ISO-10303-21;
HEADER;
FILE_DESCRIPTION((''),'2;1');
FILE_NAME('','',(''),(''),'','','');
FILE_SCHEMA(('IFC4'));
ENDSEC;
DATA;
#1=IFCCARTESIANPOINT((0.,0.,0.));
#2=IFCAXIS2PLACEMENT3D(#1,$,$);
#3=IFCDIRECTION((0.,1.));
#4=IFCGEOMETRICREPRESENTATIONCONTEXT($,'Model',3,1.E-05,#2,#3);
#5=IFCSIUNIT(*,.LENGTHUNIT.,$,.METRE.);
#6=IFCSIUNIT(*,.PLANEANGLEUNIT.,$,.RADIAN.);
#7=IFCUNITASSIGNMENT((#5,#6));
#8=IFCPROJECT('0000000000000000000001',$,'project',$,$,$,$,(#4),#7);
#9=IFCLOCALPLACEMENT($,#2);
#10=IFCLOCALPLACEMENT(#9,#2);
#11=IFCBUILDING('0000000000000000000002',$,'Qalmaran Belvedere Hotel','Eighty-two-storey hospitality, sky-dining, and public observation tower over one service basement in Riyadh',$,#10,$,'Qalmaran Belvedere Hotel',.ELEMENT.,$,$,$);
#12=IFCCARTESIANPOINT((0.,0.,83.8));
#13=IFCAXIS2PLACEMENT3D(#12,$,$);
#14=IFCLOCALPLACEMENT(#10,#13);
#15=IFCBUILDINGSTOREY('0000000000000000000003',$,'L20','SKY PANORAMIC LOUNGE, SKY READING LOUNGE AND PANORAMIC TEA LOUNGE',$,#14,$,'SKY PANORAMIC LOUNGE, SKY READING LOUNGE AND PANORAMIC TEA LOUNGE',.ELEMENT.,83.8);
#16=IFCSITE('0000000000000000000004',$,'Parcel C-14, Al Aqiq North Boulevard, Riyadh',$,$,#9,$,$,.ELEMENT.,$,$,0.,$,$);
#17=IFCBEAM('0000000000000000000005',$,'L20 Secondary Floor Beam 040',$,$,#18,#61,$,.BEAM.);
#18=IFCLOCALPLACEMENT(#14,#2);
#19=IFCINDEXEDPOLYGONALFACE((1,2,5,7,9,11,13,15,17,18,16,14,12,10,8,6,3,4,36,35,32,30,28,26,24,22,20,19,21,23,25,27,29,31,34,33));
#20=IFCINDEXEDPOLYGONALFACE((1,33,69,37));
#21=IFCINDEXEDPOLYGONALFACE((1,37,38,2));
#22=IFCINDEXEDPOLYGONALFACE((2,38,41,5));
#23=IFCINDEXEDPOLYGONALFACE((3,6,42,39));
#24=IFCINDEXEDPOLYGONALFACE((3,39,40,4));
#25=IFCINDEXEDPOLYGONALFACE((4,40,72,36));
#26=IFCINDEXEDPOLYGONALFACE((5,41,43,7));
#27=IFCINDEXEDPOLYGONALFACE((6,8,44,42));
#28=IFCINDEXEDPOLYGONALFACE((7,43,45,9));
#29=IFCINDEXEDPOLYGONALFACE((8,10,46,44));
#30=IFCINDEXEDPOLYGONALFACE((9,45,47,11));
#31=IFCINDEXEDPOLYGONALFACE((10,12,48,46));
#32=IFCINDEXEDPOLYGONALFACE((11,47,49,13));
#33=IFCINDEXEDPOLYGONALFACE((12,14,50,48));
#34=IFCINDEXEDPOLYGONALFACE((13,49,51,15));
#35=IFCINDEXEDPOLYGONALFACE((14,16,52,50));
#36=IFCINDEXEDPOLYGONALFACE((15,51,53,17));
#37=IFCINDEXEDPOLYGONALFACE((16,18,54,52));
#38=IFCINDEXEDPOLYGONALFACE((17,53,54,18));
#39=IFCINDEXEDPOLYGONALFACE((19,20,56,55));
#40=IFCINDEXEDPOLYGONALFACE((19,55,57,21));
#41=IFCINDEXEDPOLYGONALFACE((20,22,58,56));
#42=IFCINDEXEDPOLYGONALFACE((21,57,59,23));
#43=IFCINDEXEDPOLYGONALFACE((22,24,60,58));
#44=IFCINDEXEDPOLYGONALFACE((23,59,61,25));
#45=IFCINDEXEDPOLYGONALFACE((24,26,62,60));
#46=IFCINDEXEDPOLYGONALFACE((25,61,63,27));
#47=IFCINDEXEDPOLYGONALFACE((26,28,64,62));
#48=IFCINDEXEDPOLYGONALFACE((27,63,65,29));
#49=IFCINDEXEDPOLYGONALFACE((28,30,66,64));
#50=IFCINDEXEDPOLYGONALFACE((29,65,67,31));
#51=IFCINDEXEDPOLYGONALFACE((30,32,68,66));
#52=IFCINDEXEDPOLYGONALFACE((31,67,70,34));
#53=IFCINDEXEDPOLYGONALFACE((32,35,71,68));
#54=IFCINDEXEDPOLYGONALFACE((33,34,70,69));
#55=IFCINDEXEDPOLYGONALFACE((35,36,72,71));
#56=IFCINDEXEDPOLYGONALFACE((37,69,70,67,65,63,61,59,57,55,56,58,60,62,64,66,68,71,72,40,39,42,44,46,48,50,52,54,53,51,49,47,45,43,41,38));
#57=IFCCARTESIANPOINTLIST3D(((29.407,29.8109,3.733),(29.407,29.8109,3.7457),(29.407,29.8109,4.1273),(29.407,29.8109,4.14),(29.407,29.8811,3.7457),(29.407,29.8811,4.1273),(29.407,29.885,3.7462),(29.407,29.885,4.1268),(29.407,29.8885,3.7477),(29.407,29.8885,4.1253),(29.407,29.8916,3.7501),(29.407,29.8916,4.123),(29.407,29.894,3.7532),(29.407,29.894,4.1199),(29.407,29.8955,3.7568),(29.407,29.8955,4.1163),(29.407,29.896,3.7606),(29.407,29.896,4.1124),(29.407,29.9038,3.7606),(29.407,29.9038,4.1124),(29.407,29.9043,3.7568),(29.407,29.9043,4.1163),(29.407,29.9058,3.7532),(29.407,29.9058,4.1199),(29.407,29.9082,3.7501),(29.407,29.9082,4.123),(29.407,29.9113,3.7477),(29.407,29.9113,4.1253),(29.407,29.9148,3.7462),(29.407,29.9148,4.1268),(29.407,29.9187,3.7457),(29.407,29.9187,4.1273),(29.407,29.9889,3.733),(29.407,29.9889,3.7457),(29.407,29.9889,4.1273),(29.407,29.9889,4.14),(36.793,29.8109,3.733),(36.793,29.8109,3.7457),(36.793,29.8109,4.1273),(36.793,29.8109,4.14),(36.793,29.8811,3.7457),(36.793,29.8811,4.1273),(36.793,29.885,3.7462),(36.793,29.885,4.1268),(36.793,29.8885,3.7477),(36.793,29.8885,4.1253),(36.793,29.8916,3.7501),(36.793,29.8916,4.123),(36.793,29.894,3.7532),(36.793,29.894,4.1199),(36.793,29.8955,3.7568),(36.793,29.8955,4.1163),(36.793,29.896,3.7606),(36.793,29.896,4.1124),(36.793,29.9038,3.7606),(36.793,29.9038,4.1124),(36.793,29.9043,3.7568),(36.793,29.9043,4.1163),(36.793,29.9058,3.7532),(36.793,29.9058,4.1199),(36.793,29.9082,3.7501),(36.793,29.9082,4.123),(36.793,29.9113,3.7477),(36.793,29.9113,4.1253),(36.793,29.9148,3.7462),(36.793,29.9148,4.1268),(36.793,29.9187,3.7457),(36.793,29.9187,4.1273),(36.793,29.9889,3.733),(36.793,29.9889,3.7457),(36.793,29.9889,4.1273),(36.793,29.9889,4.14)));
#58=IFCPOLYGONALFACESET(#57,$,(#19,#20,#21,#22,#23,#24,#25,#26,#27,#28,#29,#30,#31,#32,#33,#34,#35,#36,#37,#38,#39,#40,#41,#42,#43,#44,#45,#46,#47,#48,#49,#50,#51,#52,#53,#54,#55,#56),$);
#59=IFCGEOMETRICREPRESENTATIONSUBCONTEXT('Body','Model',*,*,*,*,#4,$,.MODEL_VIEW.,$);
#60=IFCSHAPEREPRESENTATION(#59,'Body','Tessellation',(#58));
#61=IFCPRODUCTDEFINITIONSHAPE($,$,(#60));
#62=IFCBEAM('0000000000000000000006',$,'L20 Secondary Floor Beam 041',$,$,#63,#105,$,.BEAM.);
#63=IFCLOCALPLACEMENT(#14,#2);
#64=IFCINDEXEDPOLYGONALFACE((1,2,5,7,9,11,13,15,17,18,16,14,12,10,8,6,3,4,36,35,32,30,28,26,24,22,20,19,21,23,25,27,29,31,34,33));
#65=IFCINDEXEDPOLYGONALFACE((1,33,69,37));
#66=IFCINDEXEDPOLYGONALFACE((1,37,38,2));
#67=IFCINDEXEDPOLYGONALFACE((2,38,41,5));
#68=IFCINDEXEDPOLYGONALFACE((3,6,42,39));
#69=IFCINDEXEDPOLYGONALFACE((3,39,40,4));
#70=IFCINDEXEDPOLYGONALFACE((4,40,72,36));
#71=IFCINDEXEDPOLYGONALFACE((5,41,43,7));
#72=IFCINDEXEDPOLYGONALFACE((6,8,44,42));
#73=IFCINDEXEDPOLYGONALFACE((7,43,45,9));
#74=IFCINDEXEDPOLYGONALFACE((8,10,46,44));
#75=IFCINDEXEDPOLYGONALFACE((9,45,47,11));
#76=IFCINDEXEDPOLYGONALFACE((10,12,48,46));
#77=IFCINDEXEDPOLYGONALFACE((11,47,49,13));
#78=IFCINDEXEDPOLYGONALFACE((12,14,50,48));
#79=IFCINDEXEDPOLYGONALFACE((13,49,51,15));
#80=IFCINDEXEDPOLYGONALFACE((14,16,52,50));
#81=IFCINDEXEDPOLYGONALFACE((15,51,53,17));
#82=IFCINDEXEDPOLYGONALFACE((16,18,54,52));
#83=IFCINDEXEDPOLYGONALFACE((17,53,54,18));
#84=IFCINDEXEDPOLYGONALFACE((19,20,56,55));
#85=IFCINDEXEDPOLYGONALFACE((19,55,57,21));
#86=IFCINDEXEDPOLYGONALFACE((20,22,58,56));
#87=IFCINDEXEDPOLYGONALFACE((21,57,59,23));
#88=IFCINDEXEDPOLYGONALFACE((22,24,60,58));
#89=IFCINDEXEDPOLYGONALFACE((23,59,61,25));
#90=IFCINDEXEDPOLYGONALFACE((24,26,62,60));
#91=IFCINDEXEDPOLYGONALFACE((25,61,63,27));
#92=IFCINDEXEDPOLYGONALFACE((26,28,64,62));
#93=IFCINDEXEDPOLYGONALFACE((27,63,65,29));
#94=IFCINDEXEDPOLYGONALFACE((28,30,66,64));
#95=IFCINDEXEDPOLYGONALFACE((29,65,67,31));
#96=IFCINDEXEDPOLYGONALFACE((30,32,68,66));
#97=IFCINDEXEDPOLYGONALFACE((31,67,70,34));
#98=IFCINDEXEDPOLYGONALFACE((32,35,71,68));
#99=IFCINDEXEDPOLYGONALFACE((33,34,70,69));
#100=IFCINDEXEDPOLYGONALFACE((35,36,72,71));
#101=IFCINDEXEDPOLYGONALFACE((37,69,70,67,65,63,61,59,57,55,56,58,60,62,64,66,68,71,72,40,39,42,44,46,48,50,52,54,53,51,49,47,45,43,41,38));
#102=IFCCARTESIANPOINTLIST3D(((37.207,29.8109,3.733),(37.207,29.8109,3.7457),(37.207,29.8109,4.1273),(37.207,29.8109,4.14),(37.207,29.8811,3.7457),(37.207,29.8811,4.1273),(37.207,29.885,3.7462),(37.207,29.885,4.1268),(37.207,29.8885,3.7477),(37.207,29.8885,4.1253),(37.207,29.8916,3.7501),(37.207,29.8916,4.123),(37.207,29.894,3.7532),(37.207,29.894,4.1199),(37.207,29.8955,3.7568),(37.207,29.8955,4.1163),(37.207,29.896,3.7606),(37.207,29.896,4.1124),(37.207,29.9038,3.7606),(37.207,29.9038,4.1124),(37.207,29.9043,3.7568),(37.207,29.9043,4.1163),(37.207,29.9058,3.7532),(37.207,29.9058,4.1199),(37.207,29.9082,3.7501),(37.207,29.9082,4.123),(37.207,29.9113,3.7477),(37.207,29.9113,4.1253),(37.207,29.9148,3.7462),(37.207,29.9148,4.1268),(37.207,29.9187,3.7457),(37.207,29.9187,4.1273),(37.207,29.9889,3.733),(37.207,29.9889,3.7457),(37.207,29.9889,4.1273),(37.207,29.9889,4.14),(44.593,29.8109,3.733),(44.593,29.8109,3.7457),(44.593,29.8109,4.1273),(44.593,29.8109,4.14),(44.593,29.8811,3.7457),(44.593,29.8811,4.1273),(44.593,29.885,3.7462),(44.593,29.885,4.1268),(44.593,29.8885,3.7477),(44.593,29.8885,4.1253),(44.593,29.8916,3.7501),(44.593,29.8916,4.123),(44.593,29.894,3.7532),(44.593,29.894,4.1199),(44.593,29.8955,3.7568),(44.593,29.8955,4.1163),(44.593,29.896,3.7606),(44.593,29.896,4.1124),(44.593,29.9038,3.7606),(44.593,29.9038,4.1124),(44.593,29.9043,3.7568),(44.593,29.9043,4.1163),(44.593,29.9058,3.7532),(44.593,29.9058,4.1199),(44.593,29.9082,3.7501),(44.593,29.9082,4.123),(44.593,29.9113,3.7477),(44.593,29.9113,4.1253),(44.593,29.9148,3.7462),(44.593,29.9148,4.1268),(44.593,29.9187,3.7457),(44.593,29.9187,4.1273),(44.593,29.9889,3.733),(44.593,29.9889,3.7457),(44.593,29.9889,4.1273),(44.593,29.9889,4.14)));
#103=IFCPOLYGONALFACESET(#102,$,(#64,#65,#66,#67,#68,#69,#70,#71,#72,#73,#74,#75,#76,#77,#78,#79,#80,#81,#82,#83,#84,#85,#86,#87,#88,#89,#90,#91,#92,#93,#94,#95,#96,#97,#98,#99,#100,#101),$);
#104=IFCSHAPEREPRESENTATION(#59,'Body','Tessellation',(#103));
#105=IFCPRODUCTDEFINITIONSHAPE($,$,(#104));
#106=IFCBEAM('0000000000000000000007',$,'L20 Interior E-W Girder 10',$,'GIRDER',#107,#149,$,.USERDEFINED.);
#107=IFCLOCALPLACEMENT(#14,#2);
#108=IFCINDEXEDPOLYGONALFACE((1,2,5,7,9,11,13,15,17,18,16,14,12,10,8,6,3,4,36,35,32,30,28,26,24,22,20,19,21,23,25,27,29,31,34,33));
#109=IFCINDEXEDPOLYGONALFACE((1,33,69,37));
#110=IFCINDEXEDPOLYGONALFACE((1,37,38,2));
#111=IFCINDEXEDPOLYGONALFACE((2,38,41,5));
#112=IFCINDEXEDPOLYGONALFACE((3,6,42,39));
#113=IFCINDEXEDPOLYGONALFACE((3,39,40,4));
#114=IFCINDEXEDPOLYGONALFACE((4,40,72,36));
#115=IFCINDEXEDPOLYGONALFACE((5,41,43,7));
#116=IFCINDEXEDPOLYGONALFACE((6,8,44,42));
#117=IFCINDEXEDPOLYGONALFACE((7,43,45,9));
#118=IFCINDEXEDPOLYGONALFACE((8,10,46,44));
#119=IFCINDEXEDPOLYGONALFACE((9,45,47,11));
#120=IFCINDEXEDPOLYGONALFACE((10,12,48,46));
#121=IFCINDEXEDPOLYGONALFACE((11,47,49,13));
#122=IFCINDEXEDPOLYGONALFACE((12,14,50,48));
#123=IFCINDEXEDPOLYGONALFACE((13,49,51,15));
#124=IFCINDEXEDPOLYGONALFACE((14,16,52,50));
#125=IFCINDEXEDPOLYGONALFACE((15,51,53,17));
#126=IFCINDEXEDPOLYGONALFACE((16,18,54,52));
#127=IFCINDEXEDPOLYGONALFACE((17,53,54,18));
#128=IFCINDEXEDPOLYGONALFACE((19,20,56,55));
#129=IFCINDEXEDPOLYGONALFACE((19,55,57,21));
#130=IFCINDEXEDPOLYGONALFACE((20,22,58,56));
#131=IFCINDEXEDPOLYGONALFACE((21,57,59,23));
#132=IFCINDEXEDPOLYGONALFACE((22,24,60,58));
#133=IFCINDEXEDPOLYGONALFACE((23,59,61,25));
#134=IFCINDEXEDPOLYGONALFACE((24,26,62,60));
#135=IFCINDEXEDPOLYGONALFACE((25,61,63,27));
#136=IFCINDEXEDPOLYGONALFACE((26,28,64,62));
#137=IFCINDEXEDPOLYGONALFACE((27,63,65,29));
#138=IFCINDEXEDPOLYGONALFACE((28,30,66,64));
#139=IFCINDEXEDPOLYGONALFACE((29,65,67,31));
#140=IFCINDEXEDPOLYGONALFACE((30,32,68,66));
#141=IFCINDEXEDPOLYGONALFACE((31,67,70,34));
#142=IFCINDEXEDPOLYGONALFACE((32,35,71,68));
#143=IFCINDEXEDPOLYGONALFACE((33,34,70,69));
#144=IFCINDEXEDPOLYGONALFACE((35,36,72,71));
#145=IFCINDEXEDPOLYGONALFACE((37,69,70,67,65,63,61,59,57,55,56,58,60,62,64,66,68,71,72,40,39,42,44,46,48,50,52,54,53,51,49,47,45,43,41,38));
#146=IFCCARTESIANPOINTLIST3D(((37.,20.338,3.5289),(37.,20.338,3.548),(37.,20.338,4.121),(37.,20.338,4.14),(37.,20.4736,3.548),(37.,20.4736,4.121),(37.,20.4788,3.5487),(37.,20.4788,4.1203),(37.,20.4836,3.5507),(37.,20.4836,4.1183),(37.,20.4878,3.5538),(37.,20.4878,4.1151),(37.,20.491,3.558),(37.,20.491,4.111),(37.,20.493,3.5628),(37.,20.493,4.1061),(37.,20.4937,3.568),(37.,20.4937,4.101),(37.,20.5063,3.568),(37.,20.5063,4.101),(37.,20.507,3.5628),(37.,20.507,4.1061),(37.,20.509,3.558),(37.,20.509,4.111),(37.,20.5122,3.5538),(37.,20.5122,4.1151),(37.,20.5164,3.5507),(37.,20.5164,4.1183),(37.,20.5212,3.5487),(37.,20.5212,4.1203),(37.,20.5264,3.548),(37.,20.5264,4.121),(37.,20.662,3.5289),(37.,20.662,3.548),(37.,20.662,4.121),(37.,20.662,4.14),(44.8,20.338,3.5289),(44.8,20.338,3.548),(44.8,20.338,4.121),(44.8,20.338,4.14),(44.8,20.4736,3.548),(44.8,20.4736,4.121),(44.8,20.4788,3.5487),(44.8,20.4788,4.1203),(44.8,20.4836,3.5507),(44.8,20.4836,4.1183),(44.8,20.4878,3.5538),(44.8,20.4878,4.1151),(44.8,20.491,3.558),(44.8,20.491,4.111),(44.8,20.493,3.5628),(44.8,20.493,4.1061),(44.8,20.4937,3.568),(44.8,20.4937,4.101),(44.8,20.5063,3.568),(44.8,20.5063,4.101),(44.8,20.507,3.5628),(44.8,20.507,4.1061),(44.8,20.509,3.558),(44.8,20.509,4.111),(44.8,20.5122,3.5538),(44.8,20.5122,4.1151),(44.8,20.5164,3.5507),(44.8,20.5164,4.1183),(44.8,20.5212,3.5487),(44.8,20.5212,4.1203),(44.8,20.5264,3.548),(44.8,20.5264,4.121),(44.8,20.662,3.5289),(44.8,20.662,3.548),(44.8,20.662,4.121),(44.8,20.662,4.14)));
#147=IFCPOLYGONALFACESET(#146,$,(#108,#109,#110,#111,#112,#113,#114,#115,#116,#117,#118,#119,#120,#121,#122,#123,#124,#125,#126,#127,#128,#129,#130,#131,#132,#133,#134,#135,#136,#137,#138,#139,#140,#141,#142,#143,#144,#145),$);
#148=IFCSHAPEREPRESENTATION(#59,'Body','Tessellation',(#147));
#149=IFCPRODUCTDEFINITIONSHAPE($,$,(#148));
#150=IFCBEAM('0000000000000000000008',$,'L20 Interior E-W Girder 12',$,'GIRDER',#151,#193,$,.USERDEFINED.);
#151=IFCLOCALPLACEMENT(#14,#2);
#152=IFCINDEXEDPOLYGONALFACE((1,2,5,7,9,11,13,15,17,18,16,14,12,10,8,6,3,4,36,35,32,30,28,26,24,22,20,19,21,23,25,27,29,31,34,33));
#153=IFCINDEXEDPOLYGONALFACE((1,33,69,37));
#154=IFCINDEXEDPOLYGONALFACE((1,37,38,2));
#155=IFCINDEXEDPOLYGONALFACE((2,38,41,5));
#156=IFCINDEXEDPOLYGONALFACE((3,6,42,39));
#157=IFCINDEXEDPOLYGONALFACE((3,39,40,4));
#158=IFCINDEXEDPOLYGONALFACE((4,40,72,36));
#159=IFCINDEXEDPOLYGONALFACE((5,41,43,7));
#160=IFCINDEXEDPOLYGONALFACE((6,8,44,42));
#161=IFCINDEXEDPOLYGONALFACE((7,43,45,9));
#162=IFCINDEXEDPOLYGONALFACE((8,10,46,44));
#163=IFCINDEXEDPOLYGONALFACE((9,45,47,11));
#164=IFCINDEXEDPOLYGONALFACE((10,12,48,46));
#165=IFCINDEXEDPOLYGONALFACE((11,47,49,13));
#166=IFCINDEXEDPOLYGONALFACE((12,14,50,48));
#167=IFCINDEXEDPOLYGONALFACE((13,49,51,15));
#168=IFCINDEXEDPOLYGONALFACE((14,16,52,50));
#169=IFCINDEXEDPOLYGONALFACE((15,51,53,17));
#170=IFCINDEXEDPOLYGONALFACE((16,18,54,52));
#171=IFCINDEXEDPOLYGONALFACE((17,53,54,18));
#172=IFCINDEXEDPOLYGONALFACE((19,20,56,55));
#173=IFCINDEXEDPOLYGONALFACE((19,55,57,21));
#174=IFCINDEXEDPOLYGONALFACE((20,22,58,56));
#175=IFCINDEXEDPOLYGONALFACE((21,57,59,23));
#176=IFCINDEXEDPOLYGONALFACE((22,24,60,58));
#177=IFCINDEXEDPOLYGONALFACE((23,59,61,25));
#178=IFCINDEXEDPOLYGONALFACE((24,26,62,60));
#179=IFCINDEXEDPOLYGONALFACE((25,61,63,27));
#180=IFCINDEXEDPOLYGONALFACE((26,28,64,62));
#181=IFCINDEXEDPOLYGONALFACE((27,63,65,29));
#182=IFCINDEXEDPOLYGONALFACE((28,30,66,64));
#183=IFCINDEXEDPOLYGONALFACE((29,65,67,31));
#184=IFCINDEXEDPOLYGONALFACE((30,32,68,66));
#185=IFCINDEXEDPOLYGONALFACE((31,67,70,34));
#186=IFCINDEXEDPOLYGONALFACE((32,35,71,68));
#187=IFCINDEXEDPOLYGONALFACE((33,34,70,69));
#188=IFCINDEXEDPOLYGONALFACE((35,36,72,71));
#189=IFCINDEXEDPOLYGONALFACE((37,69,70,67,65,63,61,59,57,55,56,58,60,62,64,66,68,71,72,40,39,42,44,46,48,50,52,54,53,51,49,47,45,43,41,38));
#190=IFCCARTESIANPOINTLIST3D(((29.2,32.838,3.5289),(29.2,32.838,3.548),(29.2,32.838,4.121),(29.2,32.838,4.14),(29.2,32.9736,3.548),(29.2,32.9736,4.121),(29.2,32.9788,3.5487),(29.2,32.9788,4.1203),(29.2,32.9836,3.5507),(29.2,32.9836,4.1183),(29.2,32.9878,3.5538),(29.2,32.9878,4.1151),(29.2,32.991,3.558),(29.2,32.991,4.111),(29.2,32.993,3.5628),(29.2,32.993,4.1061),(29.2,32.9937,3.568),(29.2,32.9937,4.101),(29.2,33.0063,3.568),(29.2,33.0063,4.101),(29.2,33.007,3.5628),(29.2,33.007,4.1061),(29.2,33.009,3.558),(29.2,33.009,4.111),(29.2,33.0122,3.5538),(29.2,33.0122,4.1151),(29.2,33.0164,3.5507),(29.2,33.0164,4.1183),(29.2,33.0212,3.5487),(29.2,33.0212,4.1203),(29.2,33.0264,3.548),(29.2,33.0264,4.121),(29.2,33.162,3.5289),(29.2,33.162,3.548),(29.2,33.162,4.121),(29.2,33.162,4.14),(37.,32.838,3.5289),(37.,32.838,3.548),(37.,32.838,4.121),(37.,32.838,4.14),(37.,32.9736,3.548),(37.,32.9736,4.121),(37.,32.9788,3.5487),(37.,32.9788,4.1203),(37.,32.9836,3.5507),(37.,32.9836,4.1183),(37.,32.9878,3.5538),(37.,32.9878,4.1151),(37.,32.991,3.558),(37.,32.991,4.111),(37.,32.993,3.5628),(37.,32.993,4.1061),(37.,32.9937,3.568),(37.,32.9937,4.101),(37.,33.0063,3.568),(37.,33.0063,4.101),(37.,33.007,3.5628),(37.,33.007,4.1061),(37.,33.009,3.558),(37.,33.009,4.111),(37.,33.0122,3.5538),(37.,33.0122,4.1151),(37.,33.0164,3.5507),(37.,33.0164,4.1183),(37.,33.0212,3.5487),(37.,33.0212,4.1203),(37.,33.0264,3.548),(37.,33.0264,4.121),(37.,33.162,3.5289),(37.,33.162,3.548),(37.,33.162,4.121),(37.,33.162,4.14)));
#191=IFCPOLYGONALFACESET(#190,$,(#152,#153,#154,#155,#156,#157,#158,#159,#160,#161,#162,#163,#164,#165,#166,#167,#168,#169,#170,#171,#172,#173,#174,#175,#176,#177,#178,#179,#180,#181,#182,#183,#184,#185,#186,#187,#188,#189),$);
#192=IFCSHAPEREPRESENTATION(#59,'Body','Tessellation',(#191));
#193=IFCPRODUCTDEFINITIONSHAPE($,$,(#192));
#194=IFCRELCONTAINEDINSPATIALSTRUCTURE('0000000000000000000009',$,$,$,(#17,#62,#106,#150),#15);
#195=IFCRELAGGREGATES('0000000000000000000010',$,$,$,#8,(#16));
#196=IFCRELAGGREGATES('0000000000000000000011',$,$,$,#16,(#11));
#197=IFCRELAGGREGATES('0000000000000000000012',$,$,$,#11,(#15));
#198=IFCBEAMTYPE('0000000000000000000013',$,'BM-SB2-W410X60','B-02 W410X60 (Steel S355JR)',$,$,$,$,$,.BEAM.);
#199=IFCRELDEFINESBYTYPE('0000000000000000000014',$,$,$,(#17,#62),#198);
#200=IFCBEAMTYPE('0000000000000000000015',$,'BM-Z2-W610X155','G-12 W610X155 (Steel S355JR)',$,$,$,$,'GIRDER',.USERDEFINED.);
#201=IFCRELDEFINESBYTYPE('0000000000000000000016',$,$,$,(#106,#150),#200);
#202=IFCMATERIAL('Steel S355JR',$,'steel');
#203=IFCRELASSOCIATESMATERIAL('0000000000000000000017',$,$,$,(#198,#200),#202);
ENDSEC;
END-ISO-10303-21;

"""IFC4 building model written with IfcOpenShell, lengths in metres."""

from ifc_helpers import new_model, si_unit, direction, frame, origin, origin_2d, place, context, subcontext, project, spatial, i_section, extrude, material, material_profile, profile_set, type_object, element, save


model = new_model("IFC4")

# Units and contexts
model_context = context("Model", 3, precision=1e-05, world=origin(), true_north=direction((0.0, 1.0)))
body_context = subcontext(model_context, "Body", "Model", "MODEL_VIEW")
ifc_project = project(units=[si_unit("LENGTHUNIT", "METRE"), si_unit("PLANEANGLEUNIT", "RADIAN")], contexts=[model_context])

# Site, building, storey
site_placement = place(None, origin())
site = spatial("IfcSite", under=ifc_project, at=site_placement, Name="Parcel C-14, Al Aqiq North Boulevard, Riyadh", CompositionType="ELEMENT", RefElevation=0.0)
building_placement = place(site_placement, origin())
building = spatial("IfcBuilding", under=site, at=building_placement, Name="Qalmaran Belvedere Hotel", Description="Eighty-two-storey hospitality, sky-dining, and public observation tower over one service basement in Riyadh", LongName="Qalmaran Belvedere Hotel", CompositionType="ELEMENT")
storey_placement = place(building_placement, frame((0.0, 0.0, 83.8)))
storey = spatial("IfcBuildingStorey", under=building, at=storey_placement, Name="L20", Description="SKY PANORAMIC LOUNGE, SKY READING LOUNGE AND PANORAMIC TEA LOUNGE", LongName="SKY PANORAMIC LOUNGE, SKY READING LOUNGE AND PANORAMIC TEA LOUNGE", CompositionType="ELEMENT", Elevation=83.8)

# Beams
ifc_material_1 = material(Name="Steel S355JR", Category="steel")
ifc_material_profile_1 = material_profile(ifc_material_1, i_section(OverallWidth=0.178, OverallDepth=0.407, WebThickness=0.0078, FlangeThickness=0.0127, FilletRadius=0.0149, at=origin_2d()), Name="W410X60")
ifc_profile_set_1 = profile_set([ifc_material_profile_1], Name="Steel S355JR")
beam_type_1 = type_object("IfcBeamType", Name="BM-SB2-W410X60", Description="B-02 W410X60 (Steel S355JR)", PredefinedType="BEAM", material=ifc_profile_set_1)
for number, where, z_axis, x_axis, name in (
    (1, (29.407, 29.8999, 3.9365), (1.0, 0.0, 0.0), (0.0, 1.0, 0.0), "L20 Secondary Floor Beam 040"),
    (2, (37.207, 29.8999, 3.9365), (1.0, 0.0, 0.0), (0.0, 1.0, 0.0), "L20 Secondary Floor Beam 041"),
):
    element("IfcBeam", number, at=place(storey_placement, frame(where, z_axis=z_axis, x_axis=x_axis)), inside=storey, type_object=beam_type_1, Name=name, PredefinedType="BEAM", context=body_context, shape_type="SweptSolid", body=[
        extrude(i_section(OverallWidth=0.178, OverallDepth=0.407, WebThickness=0.0078, FlangeThickness=0.0127, FilletRadius=0.0149, at=origin_2d()), origin(), (0.0, 0.0, 1.0), 7.386),
    ])
ifc_material_profile_2 = material_profile(ifc_material_1, i_section(OverallWidth=0.324, OverallDepth=0.6111, WebThickness=0.0127, FlangeThickness=0.019, FilletRadius=0.02, at=origin_2d()), Name="W610X155")
ifc_profile_set_2 = profile_set([ifc_material_profile_2], Name="Steel S355JR")
beam_type_2 = type_object("IfcBeamType", Name="BM-Z2-W610X155", Description="G-12 W610X155 (Steel S355JR)", ElementType="GIRDER", PredefinedType="USERDEFINED", material=ifc_profile_set_2)
for number, where, z_axis, x_axis, name in (
    (3, (37.0, 20.5, 3.8345), (1.0, 0.0, 0.0), (0.0, 1.0, 0.0), "L20 Interior E-W Girder 10"),
    (4, (29.2, 33.0, 3.8345), (1.0, 0.0, 0.0), (0.0, 1.0, 0.0), "L20 Interior E-W Girder 12"),
):
    element("IfcBeam", number, at=place(storey_placement, frame(where, z_axis=z_axis, x_axis=x_axis)), inside=storey, type_object=beam_type_2, Name=name, ObjectType="GIRDER", PredefinedType="USERDEFINED", context=body_context, shape_type="SweptSolid", body=[
        extrude(i_section(OverallWidth=0.324, OverallDepth=0.6111, WebThickness=0.0127, FlangeThickness=0.019, FilletRadius=0.02, at=origin_2d()), origin(), (0.0, 0.0, 1.0), 7.8),
    ])

save(model, "model.ifc")
